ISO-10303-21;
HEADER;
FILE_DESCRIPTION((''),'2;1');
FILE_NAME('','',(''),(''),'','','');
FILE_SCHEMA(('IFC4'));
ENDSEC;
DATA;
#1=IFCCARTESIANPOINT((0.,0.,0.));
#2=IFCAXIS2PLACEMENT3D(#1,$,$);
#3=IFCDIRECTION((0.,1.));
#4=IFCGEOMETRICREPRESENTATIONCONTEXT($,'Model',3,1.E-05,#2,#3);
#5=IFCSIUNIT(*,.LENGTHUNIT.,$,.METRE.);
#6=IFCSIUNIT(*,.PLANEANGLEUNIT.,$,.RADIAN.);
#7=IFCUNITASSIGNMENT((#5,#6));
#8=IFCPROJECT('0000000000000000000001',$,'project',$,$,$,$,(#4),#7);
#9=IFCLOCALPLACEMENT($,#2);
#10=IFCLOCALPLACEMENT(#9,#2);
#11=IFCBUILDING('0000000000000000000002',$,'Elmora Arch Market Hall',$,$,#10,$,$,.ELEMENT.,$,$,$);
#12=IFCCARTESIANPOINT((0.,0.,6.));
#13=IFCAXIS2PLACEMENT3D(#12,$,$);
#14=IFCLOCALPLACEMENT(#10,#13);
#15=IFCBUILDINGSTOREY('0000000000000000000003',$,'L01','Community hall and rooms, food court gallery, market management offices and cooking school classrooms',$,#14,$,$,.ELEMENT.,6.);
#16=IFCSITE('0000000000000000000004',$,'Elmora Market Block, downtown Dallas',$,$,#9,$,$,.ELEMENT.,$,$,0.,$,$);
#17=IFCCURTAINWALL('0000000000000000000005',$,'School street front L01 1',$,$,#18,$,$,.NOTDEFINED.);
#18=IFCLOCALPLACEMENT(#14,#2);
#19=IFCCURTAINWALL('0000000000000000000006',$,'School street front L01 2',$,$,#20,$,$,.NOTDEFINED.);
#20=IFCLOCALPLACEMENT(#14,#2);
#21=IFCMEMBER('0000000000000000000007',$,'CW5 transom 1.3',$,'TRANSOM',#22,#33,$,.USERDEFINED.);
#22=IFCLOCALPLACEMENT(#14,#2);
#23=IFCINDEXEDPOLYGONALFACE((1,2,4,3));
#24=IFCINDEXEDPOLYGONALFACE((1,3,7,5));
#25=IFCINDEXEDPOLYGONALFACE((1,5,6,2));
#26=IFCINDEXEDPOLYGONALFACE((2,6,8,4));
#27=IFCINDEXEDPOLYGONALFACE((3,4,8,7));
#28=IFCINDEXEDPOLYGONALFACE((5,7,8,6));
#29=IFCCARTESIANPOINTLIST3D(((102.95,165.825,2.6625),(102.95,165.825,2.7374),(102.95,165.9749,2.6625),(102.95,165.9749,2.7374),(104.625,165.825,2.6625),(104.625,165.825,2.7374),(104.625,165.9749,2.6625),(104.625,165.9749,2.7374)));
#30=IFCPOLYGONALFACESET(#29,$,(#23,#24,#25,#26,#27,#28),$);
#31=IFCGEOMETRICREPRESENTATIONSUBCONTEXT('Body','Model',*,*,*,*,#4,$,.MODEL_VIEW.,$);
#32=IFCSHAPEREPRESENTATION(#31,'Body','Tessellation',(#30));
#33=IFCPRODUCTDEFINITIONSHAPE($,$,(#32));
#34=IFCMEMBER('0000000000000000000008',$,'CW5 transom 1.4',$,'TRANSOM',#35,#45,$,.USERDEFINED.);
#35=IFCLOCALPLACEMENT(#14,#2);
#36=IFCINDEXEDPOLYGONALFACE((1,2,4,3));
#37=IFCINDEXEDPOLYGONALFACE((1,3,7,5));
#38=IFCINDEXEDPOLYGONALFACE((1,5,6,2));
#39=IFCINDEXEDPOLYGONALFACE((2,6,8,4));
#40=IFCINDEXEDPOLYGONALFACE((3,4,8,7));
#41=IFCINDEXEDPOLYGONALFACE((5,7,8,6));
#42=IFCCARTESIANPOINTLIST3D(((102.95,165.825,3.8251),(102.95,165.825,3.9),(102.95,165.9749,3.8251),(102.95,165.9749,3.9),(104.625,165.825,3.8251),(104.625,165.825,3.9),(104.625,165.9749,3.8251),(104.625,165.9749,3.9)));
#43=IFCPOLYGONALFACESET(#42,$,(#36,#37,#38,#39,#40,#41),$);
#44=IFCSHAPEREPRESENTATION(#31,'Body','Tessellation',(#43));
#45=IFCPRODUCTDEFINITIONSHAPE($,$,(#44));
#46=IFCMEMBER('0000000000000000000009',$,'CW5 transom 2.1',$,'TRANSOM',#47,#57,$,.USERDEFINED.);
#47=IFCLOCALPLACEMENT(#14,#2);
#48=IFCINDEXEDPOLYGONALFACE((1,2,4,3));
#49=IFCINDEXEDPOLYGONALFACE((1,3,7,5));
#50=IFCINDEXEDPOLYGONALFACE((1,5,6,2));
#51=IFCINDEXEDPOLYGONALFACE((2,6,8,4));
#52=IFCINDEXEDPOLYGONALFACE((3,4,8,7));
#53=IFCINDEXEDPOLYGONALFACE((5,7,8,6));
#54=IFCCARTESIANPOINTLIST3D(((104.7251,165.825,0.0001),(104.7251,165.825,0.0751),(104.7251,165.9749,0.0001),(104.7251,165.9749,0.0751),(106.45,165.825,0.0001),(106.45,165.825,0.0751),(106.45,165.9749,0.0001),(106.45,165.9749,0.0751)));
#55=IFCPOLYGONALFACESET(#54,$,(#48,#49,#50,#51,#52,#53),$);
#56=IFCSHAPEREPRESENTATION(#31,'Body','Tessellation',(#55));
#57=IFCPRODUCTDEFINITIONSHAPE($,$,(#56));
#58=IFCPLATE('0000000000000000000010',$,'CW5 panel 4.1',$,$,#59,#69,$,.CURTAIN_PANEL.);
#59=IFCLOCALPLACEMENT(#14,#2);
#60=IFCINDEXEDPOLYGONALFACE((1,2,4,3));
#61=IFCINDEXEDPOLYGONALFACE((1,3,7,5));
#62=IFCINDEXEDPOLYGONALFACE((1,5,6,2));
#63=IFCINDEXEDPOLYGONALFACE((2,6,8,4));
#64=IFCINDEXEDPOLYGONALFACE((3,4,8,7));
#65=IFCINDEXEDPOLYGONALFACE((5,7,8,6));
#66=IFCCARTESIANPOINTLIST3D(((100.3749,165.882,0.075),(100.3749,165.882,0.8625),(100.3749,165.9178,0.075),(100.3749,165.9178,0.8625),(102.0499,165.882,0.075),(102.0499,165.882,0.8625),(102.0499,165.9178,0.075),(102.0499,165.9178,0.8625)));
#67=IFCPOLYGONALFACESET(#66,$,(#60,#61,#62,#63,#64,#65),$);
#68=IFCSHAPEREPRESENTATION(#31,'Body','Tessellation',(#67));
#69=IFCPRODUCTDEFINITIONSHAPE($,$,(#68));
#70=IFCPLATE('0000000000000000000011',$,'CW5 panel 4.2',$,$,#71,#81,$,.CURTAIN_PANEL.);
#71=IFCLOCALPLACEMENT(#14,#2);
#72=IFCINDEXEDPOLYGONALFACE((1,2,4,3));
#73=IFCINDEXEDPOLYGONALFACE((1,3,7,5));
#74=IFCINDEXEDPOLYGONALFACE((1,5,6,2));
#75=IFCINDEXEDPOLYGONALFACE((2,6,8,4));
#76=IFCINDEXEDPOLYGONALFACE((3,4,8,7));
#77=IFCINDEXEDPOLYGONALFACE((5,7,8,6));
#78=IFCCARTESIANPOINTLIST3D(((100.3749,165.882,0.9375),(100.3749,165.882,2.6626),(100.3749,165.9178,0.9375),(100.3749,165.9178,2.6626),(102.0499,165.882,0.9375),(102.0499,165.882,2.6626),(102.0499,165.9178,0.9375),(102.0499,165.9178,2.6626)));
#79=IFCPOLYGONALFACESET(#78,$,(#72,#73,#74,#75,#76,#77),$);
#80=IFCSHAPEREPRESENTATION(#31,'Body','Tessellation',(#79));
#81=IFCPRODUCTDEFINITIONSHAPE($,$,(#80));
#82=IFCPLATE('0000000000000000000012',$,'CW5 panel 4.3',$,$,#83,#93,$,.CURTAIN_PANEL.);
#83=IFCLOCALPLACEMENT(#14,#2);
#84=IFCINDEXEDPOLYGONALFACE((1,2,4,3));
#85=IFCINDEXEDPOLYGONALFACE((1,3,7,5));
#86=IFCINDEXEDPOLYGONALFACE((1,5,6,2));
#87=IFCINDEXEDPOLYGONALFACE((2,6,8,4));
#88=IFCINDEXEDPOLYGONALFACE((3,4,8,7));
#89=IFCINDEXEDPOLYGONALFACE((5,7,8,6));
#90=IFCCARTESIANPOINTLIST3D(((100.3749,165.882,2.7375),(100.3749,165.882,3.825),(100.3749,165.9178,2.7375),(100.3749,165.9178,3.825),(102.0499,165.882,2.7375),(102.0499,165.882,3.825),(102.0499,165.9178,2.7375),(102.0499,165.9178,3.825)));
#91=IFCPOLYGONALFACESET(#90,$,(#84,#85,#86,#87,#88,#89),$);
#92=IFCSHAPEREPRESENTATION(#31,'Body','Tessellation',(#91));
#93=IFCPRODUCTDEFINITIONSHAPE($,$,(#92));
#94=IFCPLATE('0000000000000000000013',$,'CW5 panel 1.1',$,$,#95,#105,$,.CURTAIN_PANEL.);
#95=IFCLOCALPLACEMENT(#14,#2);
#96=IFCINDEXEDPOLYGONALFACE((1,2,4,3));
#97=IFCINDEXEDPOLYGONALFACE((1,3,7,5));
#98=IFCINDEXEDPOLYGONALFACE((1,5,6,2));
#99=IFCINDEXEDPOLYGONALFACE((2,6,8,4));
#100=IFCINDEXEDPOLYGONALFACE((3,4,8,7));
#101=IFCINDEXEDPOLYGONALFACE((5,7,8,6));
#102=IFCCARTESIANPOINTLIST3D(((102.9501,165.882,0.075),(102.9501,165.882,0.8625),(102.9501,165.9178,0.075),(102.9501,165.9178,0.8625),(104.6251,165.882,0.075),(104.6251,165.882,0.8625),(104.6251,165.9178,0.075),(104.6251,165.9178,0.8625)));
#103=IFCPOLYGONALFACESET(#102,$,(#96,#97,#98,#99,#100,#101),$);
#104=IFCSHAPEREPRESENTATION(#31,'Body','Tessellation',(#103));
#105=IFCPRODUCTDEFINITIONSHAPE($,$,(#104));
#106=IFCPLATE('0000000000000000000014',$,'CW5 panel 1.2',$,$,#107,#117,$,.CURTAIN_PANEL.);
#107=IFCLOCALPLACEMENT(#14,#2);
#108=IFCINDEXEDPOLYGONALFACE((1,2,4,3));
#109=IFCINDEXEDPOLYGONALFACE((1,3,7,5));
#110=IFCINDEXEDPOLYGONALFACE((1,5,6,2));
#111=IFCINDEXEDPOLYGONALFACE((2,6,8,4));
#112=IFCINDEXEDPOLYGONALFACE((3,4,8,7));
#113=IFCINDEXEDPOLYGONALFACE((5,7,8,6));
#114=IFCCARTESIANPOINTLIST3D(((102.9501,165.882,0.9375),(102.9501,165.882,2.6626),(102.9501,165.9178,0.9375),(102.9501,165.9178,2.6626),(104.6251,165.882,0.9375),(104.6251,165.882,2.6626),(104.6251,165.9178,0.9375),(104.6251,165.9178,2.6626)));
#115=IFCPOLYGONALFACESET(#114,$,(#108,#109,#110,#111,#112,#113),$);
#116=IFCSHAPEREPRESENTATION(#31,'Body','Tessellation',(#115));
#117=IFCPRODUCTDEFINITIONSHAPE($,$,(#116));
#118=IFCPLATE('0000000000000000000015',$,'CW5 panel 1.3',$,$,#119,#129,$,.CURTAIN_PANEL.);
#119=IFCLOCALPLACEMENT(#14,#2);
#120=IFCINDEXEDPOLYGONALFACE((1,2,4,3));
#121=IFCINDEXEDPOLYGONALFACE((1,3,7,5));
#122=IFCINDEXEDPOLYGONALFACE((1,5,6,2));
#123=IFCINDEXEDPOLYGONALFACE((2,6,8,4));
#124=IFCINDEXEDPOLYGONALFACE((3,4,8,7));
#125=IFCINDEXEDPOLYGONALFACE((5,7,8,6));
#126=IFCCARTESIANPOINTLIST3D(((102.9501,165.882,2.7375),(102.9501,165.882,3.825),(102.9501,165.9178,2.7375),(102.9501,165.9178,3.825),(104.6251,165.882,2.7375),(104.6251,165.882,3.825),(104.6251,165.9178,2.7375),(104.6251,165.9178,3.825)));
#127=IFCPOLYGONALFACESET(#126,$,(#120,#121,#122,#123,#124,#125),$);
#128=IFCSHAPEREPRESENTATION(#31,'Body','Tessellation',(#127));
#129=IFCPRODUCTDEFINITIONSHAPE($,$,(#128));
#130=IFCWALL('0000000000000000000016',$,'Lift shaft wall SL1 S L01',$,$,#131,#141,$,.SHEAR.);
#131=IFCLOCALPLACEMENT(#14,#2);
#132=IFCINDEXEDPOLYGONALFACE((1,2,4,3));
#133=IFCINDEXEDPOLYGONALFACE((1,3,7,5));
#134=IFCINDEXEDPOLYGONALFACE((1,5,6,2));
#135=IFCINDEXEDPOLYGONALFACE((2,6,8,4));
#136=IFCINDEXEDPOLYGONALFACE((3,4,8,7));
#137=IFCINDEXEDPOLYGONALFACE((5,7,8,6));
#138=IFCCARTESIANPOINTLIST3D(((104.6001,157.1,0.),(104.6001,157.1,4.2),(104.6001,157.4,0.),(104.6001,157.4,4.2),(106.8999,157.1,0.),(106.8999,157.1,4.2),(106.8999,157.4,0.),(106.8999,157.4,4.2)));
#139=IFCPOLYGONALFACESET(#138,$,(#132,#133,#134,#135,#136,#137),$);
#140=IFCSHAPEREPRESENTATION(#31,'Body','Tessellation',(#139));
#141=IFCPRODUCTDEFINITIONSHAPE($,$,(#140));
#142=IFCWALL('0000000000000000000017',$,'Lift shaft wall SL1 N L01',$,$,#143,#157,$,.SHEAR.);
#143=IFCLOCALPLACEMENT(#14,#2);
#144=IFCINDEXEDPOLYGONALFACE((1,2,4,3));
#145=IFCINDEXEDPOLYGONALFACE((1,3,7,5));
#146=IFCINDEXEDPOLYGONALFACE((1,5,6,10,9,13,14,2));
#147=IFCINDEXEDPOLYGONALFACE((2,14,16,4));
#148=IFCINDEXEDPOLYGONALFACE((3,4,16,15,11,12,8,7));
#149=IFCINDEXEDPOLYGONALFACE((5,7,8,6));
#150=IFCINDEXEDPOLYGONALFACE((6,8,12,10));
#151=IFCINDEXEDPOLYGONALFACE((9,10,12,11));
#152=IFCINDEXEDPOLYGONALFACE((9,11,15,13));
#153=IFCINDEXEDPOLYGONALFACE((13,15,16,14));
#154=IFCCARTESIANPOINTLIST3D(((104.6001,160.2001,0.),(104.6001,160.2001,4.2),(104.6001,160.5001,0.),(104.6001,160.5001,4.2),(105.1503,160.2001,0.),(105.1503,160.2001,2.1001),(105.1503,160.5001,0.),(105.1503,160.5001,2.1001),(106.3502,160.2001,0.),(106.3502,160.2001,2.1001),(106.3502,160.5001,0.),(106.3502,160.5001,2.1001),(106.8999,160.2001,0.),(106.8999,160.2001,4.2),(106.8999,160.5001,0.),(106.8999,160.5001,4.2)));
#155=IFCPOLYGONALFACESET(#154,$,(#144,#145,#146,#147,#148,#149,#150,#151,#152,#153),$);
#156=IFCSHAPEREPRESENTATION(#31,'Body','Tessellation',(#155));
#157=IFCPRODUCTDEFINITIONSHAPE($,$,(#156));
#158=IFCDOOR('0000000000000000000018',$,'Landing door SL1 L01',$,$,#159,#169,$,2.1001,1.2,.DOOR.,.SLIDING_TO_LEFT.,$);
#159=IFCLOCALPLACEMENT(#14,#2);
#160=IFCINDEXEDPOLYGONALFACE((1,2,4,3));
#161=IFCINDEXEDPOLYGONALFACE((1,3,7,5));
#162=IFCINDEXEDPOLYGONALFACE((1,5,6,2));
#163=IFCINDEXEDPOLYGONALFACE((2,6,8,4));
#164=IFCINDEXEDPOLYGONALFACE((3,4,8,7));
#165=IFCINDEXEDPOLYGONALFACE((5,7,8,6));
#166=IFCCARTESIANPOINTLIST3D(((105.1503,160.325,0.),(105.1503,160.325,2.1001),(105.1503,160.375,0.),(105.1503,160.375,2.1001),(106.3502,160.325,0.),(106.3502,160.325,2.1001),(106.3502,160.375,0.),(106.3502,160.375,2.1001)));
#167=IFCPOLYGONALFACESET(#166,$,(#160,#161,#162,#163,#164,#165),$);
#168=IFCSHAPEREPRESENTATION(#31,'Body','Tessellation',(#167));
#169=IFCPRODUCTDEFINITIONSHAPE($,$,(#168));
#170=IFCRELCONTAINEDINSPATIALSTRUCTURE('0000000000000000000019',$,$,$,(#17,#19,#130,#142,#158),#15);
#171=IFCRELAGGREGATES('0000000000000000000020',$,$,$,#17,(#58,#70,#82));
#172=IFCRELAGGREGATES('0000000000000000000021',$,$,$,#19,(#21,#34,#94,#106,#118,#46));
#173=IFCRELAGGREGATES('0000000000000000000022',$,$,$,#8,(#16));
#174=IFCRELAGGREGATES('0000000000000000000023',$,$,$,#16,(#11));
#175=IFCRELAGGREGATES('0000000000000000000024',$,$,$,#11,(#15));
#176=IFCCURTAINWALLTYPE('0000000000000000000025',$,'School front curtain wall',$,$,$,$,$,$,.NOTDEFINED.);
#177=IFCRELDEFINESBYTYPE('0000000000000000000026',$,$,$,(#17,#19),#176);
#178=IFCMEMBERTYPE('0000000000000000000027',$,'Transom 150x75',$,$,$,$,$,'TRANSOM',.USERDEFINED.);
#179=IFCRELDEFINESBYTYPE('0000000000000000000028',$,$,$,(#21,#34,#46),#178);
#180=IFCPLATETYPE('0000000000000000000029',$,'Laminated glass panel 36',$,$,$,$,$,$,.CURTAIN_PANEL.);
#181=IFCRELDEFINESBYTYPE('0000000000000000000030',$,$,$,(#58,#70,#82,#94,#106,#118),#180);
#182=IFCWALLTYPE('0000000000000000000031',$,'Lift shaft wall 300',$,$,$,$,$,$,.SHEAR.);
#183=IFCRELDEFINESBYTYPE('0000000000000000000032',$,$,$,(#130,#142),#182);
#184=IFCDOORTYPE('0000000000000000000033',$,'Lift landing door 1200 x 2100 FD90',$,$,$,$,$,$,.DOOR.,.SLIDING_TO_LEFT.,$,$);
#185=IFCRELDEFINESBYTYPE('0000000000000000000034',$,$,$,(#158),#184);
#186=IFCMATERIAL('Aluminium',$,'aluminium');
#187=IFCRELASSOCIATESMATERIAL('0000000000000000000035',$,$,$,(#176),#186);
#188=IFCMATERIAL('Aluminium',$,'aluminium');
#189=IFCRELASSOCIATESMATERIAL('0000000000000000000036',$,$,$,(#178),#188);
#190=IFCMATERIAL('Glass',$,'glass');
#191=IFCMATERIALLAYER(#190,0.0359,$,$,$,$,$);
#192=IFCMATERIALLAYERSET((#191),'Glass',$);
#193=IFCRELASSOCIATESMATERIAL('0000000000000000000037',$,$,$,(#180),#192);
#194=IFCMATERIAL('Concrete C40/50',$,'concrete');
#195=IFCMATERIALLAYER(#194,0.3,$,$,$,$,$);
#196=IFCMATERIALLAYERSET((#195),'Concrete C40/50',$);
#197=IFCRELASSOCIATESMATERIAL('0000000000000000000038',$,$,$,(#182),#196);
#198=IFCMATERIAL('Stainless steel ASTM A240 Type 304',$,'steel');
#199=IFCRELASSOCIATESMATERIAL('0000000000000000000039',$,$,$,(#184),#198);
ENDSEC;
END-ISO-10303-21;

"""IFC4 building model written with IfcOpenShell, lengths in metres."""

from ifc_helpers import new_model, si_unit, direction, frame, frame_2d, origin, origin_2d, place, context, subcontext, project, spatial, rectangle, extrude, material, layer, layer_set, material_profile, profile_set, type_object, element, fill, aggregate, save


model = new_model("IFC4")

# Units and contexts
model_context = context("Model", 3, precision=1e-05, world=origin(), true_north=direction((0.0, 1.0)))
body_context = subcontext(model_context, "Body", "Model", "MODEL_VIEW")
ifc_project = project(units=[si_unit("LENGTHUNIT", "METRE"), si_unit("PLANEANGLEUNIT", "RADIAN")], contexts=[model_context])

# Site, building, storey
site_placement = place(None, origin())
site = spatial("IfcSite", under=ifc_project, at=site_placement, Name="Elmora Market Block, downtown Dallas", CompositionType="ELEMENT", RefElevation=0.0)
building_placement = place(site_placement, origin())
building = spatial("IfcBuilding", under=site, at=building_placement, Name="Elmora Arch Market Hall", CompositionType="ELEMENT")
storey_placement = place(building_placement, frame((0.0, 0.0, 6.0)))
storey = spatial("IfcBuildingStorey", under=building, at=storey_placement, Name="L01", Description="Community hall and rooms, food court gallery, market management offices and cooking school classrooms", CompositionType="ELEMENT", Elevation=6.0)

# Curtain wall
ifc_material_1 = material(Name="Aluminium", Category="aluminium")
curtain_wall_type = type_object("IfcCurtainWallType", Name="School front curtain wall", PredefinedType="NOTDEFINED", material=ifc_material_1)
curtain_wall_1_placement = place(storey_placement, origin())
curtain_wall_1 = element("IfcCurtainWall", 1, at=curtain_wall_1_placement, inside=storey, type_object=curtain_wall_type, Name="School street front L01 1", PredefinedType="NOTDEFINED")

# Curtain wall
curtain_wall_2_placement = place(storey_placement, origin())
curtain_wall_2 = element("IfcCurtainWall", 2, at=curtain_wall_2_placement, inside=storey, type_object=curtain_wall_type, Name="School street front L01 2", PredefinedType="NOTDEFINED")

# Members
ifc_material_2 = material(Name="Aluminium", Category="aluminium")
ifc_material_profile_1 = material_profile(ifc_material_2, rectangle(XDim=0.1499, YDim=0.075, at=origin_2d()), Name="AL 150x75")
ifc_profile_set_1 = profile_set([ifc_material_profile_1], Name="Aluminium")
member_type_1 = type_object("IfcMemberType", Name="Transom 150x75", ElementType="TRANSOM", PredefinedType="USERDEFINED", material=ifc_profile_set_1)
member_1_placement = place(storey_placement, frame((102.95, 165.8999, 2.7), z_axis=(1.0, 0.0, 0.0), x_axis=(0.0, 1.0, 0.0)))
member_1 = element("IfcMember", 3, at=member_1_placement, type_object=member_type_1, Name="CW5 transom 1.3", ObjectType="TRANSOM", PredefinedType="USERDEFINED", context=body_context, shape_type="SweptSolid", body=[
    extrude(rectangle(XDim=0.1499, YDim=0.075, at=origin_2d()), origin(), (0.0, 0.0, 1.0), 1.675),
])
member_2_placement = place(storey_placement, frame((102.95, 165.8999, 3.8625), z_axis=(1.0, 0.0, 0.0), x_axis=(0.0, 1.0, 0.0)))
member_2 = element("IfcMember", 4, at=member_2_placement, type_object=member_type_1, Name="CW5 transom 1.4", ObjectType="TRANSOM", PredefinedType="USERDEFINED", context=body_context, shape_type="SweptSolid", body=[
    extrude(rectangle(XDim=0.1499, YDim=0.075, at=origin_2d()), origin(), (0.0, 0.0, 1.0), 1.675),
])
member_3_placement = place(storey_placement, frame((104.7251, 165.8999, 0.0376), z_axis=(1.0, 0.0, 0.0), x_axis=(0.0, 1.0, 0.0)))
member_3 = element("IfcMember", 5, at=member_3_placement, type_object=member_type_1, Name="CW5 transom 2.1", ObjectType="TRANSOM", PredefinedType="USERDEFINED", context=body_context, shape_type="SweptSolid", body=[
    extrude(rectangle(XDim=0.1499, YDim=0.075, at=origin_2d()), origin(), (0.0, 0.0, 1.0), 1.7249),
])

# Plates
ifc_material_3 = material(Name="Glass", Category="glass")
ifc_layer_1 = layer(ifc_material_3, 0.0359)
ifc_layer_set_1 = layer_set([ifc_layer_1], Name="Glass")
plate_type = type_object("IfcPlateType", Name="Laminated glass panel 36", PredefinedType="CURTAIN_PANEL", material=ifc_layer_set_1)
plate_1_placement = place(storey_placement, frame((101.2124, 165.8999, 0.075), z_axis=(0.0, 0.0, 1.0), x_axis=(1.0, 0.0, 0.0)))
plate_1 = element("IfcPlate", 6, at=plate_1_placement, type_object=plate_type, Name="CW5 panel 4.1", PredefinedType="CURTAIN_PANEL", context=body_context, shape_type="SweptSolid", body=[
    extrude(rectangle(XDim=1.675, YDim=0.0359, at=origin_2d()), origin(), (0.0, 0.0, 1.0), 0.7876),
])
plate_2_placement = place(storey_placement, frame((101.2124, 165.8999, 0.9375), z_axis=(0.0, 0.0, 1.0), x_axis=(1.0, 0.0, 0.0)))
plate_2 = element("IfcPlate", 7, at=plate_2_placement, type_object=plate_type, Name="CW5 panel 4.2", PredefinedType="CURTAIN_PANEL", context=body_context, shape_type="SweptSolid", body=[
    extrude(rectangle(XDim=1.675, YDim=0.0359, at=origin_2d()), origin(), (0.0, 0.0, 1.0), 1.7251),
])
plate_3_placement = place(storey_placement, frame((101.2124, 165.8999, 2.7375), z_axis=(0.0, 0.0, 1.0), x_axis=(1.0, 0.0, 0.0)))
plate_3 = element("IfcPlate", 8, at=plate_3_placement, type_object=plate_type, Name="CW5 panel 4.3", PredefinedType="CURTAIN_PANEL", context=body_context, shape_type="SweptSolid", body=[
    extrude(rectangle(XDim=1.675, YDim=0.0359, at=origin_2d()), origin(), (0.0, 0.0, 1.0), 1.0874),
])
aggregate(curtain_wall_1, [plate_1, plate_2, plate_3])
plate_4_placement = place(storey_placement, frame((103.7876, 165.8999, 0.075), z_axis=(0.0, 0.0, 1.0), x_axis=(1.0, 0.0, 0.0)))
plate_4 = element("IfcPlate", 9, at=plate_4_placement, type_object=plate_type, Name="CW5 panel 1.1", PredefinedType="CURTAIN_PANEL", context=body_context, shape_type="SweptSolid", body=[
    extrude(rectangle(XDim=1.675, YDim=0.0359, at=origin_2d()), origin(), (0.0, 0.0, 1.0), 0.7876),
])
plate_5_placement = place(storey_placement, frame((103.7876, 165.8999, 0.9375), z_axis=(0.0, 0.0, 1.0), x_axis=(1.0, 0.0, 0.0)))
plate_5 = element("IfcPlate", 10, at=plate_5_placement, type_object=plate_type, Name="CW5 panel 1.2", PredefinedType="CURTAIN_PANEL", context=body_context, shape_type="SweptSolid", body=[
    extrude(rectangle(XDim=1.675, YDim=0.0359, at=origin_2d()), origin(), (0.0, 0.0, 1.0), 1.7251),
])
plate_6_placement = place(storey_placement, frame((103.7876, 165.8999, 2.7375), z_axis=(0.0, 0.0, 1.0), x_axis=(1.0, 0.0, 0.0)))
plate_6 = element("IfcPlate", 11, at=plate_6_placement, type_object=plate_type, Name="CW5 panel 1.3", PredefinedType="CURTAIN_PANEL", context=body_context, shape_type="SweptSolid", body=[
    extrude(rectangle(XDim=1.675, YDim=0.0359, at=origin_2d()), origin(), (0.0, 0.0, 1.0), 1.0874),
])
aggregate(curtain_wall_2, [member_1, member_2, plate_4, plate_5, plate_6, member_3])

# Wall
ifc_material_4 = material(Name="Concrete C40/50", Category="concrete")
ifc_layer_2 = layer(ifc_material_4, 0.3)
ifc_layer_set_2 = layer_set([ifc_layer_2], Name="Concrete C40/50")
wall_type_1 = type_object("IfcWallType", Name="Lift shaft wall 300", PredefinedType="SHEAR", material=ifc_layer_set_2)
wall_1_placement = place(storey_placement, frame((104.6001, 157.25, 0.0), z_axis=(0.0, 0.0, 1.0), x_axis=(1.0, 0.0, 0.0)))
element("IfcWall", 12, at=wall_1_placement, inside=storey, type_object=wall_type_1, Name="Lift shaft wall SL1 S L01", PredefinedType="SHEAR", context=body_context, shape_type="SweptSolid", body=[
    extrude(rectangle(XDim=2.2998, YDim=0.3, at=frame_2d((1.1499, 0.0))), origin(), (0.0, 0.0, 1.0), 4.2),
])

# Wall, opening, door
wall_2_placement = place(storey_placement, frame((104.6001, 160.3501, 0.0), z_axis=(0.0, 0.0, 1.0), x_axis=(1.0, 0.0, 0.0)))
wall_2 = element("IfcWall", 13, at=wall_2_placement, inside=storey, type_object=wall_type_1, Name="Lift shaft wall SL1 N L01", PredefinedType="SHEAR", context=body_context, shape_type="SweptSolid", body=[
    extrude(rectangle(XDim=2.2998, YDim=0.3, at=frame_2d((1.1499, 0.0))), origin(), (0.0, 0.0, 1.0), 4.2),
])
opening_1_placement = place(wall_2_placement, frame((0.55, 0.0, 0.0)))
opening_1 = element("IfcOpeningElement", 14, at=opening_1_placement, cuts=wall_2, PredefinedType="OPENING", context=body_context, shape_type="SweptSolid", body=[
    extrude(rectangle(XDim=1.2, YDim=2.1001, at=frame_2d((0.6001, 1.05))), frame((0.0, 0.1599, 0.0), z_axis=(0.0, -1.0, 0.0), x_axis=(1.0, 0.0, 0.0)), (0.0, 0.0, 1.0), 0.3201),
])
ifc_material_5 = material(Name="Stainless steel ASTM A240 Type 304", Category="steel")
door_type_1 = type_object("IfcDoorType", Name="Lift landing door 1200 x 2100 FD90", OperationType="SLIDING_TO_LEFT", PredefinedType="DOOR", material=ifc_material_5)
door_1_placement = place(opening_1_placement, origin())
door_1 = element("IfcDoor", 15, at=door_1_placement, inside=storey, type_object=door_type_1, Name="Landing door SL1 L01", OperationType="SLIDING_TO_LEFT", OverallHeight=2.1001, OverallWidth=1.2, PredefinedType="DOOR", context=body_context, shape_type="SweptSolid", body=[
    extrude(rectangle(XDim=1.2, YDim=2.1001, at=frame_2d((0.6001, 1.05))), frame((0.0, 0.0249, 0.0), z_axis=(0.0, -1.0, 0.0), x_axis=(1.0, 0.0, 0.0)), (0.0, 0.0, 1.0), 0.05),
])
fill(opening_1, door_1)

save(model, "model.ifc")
